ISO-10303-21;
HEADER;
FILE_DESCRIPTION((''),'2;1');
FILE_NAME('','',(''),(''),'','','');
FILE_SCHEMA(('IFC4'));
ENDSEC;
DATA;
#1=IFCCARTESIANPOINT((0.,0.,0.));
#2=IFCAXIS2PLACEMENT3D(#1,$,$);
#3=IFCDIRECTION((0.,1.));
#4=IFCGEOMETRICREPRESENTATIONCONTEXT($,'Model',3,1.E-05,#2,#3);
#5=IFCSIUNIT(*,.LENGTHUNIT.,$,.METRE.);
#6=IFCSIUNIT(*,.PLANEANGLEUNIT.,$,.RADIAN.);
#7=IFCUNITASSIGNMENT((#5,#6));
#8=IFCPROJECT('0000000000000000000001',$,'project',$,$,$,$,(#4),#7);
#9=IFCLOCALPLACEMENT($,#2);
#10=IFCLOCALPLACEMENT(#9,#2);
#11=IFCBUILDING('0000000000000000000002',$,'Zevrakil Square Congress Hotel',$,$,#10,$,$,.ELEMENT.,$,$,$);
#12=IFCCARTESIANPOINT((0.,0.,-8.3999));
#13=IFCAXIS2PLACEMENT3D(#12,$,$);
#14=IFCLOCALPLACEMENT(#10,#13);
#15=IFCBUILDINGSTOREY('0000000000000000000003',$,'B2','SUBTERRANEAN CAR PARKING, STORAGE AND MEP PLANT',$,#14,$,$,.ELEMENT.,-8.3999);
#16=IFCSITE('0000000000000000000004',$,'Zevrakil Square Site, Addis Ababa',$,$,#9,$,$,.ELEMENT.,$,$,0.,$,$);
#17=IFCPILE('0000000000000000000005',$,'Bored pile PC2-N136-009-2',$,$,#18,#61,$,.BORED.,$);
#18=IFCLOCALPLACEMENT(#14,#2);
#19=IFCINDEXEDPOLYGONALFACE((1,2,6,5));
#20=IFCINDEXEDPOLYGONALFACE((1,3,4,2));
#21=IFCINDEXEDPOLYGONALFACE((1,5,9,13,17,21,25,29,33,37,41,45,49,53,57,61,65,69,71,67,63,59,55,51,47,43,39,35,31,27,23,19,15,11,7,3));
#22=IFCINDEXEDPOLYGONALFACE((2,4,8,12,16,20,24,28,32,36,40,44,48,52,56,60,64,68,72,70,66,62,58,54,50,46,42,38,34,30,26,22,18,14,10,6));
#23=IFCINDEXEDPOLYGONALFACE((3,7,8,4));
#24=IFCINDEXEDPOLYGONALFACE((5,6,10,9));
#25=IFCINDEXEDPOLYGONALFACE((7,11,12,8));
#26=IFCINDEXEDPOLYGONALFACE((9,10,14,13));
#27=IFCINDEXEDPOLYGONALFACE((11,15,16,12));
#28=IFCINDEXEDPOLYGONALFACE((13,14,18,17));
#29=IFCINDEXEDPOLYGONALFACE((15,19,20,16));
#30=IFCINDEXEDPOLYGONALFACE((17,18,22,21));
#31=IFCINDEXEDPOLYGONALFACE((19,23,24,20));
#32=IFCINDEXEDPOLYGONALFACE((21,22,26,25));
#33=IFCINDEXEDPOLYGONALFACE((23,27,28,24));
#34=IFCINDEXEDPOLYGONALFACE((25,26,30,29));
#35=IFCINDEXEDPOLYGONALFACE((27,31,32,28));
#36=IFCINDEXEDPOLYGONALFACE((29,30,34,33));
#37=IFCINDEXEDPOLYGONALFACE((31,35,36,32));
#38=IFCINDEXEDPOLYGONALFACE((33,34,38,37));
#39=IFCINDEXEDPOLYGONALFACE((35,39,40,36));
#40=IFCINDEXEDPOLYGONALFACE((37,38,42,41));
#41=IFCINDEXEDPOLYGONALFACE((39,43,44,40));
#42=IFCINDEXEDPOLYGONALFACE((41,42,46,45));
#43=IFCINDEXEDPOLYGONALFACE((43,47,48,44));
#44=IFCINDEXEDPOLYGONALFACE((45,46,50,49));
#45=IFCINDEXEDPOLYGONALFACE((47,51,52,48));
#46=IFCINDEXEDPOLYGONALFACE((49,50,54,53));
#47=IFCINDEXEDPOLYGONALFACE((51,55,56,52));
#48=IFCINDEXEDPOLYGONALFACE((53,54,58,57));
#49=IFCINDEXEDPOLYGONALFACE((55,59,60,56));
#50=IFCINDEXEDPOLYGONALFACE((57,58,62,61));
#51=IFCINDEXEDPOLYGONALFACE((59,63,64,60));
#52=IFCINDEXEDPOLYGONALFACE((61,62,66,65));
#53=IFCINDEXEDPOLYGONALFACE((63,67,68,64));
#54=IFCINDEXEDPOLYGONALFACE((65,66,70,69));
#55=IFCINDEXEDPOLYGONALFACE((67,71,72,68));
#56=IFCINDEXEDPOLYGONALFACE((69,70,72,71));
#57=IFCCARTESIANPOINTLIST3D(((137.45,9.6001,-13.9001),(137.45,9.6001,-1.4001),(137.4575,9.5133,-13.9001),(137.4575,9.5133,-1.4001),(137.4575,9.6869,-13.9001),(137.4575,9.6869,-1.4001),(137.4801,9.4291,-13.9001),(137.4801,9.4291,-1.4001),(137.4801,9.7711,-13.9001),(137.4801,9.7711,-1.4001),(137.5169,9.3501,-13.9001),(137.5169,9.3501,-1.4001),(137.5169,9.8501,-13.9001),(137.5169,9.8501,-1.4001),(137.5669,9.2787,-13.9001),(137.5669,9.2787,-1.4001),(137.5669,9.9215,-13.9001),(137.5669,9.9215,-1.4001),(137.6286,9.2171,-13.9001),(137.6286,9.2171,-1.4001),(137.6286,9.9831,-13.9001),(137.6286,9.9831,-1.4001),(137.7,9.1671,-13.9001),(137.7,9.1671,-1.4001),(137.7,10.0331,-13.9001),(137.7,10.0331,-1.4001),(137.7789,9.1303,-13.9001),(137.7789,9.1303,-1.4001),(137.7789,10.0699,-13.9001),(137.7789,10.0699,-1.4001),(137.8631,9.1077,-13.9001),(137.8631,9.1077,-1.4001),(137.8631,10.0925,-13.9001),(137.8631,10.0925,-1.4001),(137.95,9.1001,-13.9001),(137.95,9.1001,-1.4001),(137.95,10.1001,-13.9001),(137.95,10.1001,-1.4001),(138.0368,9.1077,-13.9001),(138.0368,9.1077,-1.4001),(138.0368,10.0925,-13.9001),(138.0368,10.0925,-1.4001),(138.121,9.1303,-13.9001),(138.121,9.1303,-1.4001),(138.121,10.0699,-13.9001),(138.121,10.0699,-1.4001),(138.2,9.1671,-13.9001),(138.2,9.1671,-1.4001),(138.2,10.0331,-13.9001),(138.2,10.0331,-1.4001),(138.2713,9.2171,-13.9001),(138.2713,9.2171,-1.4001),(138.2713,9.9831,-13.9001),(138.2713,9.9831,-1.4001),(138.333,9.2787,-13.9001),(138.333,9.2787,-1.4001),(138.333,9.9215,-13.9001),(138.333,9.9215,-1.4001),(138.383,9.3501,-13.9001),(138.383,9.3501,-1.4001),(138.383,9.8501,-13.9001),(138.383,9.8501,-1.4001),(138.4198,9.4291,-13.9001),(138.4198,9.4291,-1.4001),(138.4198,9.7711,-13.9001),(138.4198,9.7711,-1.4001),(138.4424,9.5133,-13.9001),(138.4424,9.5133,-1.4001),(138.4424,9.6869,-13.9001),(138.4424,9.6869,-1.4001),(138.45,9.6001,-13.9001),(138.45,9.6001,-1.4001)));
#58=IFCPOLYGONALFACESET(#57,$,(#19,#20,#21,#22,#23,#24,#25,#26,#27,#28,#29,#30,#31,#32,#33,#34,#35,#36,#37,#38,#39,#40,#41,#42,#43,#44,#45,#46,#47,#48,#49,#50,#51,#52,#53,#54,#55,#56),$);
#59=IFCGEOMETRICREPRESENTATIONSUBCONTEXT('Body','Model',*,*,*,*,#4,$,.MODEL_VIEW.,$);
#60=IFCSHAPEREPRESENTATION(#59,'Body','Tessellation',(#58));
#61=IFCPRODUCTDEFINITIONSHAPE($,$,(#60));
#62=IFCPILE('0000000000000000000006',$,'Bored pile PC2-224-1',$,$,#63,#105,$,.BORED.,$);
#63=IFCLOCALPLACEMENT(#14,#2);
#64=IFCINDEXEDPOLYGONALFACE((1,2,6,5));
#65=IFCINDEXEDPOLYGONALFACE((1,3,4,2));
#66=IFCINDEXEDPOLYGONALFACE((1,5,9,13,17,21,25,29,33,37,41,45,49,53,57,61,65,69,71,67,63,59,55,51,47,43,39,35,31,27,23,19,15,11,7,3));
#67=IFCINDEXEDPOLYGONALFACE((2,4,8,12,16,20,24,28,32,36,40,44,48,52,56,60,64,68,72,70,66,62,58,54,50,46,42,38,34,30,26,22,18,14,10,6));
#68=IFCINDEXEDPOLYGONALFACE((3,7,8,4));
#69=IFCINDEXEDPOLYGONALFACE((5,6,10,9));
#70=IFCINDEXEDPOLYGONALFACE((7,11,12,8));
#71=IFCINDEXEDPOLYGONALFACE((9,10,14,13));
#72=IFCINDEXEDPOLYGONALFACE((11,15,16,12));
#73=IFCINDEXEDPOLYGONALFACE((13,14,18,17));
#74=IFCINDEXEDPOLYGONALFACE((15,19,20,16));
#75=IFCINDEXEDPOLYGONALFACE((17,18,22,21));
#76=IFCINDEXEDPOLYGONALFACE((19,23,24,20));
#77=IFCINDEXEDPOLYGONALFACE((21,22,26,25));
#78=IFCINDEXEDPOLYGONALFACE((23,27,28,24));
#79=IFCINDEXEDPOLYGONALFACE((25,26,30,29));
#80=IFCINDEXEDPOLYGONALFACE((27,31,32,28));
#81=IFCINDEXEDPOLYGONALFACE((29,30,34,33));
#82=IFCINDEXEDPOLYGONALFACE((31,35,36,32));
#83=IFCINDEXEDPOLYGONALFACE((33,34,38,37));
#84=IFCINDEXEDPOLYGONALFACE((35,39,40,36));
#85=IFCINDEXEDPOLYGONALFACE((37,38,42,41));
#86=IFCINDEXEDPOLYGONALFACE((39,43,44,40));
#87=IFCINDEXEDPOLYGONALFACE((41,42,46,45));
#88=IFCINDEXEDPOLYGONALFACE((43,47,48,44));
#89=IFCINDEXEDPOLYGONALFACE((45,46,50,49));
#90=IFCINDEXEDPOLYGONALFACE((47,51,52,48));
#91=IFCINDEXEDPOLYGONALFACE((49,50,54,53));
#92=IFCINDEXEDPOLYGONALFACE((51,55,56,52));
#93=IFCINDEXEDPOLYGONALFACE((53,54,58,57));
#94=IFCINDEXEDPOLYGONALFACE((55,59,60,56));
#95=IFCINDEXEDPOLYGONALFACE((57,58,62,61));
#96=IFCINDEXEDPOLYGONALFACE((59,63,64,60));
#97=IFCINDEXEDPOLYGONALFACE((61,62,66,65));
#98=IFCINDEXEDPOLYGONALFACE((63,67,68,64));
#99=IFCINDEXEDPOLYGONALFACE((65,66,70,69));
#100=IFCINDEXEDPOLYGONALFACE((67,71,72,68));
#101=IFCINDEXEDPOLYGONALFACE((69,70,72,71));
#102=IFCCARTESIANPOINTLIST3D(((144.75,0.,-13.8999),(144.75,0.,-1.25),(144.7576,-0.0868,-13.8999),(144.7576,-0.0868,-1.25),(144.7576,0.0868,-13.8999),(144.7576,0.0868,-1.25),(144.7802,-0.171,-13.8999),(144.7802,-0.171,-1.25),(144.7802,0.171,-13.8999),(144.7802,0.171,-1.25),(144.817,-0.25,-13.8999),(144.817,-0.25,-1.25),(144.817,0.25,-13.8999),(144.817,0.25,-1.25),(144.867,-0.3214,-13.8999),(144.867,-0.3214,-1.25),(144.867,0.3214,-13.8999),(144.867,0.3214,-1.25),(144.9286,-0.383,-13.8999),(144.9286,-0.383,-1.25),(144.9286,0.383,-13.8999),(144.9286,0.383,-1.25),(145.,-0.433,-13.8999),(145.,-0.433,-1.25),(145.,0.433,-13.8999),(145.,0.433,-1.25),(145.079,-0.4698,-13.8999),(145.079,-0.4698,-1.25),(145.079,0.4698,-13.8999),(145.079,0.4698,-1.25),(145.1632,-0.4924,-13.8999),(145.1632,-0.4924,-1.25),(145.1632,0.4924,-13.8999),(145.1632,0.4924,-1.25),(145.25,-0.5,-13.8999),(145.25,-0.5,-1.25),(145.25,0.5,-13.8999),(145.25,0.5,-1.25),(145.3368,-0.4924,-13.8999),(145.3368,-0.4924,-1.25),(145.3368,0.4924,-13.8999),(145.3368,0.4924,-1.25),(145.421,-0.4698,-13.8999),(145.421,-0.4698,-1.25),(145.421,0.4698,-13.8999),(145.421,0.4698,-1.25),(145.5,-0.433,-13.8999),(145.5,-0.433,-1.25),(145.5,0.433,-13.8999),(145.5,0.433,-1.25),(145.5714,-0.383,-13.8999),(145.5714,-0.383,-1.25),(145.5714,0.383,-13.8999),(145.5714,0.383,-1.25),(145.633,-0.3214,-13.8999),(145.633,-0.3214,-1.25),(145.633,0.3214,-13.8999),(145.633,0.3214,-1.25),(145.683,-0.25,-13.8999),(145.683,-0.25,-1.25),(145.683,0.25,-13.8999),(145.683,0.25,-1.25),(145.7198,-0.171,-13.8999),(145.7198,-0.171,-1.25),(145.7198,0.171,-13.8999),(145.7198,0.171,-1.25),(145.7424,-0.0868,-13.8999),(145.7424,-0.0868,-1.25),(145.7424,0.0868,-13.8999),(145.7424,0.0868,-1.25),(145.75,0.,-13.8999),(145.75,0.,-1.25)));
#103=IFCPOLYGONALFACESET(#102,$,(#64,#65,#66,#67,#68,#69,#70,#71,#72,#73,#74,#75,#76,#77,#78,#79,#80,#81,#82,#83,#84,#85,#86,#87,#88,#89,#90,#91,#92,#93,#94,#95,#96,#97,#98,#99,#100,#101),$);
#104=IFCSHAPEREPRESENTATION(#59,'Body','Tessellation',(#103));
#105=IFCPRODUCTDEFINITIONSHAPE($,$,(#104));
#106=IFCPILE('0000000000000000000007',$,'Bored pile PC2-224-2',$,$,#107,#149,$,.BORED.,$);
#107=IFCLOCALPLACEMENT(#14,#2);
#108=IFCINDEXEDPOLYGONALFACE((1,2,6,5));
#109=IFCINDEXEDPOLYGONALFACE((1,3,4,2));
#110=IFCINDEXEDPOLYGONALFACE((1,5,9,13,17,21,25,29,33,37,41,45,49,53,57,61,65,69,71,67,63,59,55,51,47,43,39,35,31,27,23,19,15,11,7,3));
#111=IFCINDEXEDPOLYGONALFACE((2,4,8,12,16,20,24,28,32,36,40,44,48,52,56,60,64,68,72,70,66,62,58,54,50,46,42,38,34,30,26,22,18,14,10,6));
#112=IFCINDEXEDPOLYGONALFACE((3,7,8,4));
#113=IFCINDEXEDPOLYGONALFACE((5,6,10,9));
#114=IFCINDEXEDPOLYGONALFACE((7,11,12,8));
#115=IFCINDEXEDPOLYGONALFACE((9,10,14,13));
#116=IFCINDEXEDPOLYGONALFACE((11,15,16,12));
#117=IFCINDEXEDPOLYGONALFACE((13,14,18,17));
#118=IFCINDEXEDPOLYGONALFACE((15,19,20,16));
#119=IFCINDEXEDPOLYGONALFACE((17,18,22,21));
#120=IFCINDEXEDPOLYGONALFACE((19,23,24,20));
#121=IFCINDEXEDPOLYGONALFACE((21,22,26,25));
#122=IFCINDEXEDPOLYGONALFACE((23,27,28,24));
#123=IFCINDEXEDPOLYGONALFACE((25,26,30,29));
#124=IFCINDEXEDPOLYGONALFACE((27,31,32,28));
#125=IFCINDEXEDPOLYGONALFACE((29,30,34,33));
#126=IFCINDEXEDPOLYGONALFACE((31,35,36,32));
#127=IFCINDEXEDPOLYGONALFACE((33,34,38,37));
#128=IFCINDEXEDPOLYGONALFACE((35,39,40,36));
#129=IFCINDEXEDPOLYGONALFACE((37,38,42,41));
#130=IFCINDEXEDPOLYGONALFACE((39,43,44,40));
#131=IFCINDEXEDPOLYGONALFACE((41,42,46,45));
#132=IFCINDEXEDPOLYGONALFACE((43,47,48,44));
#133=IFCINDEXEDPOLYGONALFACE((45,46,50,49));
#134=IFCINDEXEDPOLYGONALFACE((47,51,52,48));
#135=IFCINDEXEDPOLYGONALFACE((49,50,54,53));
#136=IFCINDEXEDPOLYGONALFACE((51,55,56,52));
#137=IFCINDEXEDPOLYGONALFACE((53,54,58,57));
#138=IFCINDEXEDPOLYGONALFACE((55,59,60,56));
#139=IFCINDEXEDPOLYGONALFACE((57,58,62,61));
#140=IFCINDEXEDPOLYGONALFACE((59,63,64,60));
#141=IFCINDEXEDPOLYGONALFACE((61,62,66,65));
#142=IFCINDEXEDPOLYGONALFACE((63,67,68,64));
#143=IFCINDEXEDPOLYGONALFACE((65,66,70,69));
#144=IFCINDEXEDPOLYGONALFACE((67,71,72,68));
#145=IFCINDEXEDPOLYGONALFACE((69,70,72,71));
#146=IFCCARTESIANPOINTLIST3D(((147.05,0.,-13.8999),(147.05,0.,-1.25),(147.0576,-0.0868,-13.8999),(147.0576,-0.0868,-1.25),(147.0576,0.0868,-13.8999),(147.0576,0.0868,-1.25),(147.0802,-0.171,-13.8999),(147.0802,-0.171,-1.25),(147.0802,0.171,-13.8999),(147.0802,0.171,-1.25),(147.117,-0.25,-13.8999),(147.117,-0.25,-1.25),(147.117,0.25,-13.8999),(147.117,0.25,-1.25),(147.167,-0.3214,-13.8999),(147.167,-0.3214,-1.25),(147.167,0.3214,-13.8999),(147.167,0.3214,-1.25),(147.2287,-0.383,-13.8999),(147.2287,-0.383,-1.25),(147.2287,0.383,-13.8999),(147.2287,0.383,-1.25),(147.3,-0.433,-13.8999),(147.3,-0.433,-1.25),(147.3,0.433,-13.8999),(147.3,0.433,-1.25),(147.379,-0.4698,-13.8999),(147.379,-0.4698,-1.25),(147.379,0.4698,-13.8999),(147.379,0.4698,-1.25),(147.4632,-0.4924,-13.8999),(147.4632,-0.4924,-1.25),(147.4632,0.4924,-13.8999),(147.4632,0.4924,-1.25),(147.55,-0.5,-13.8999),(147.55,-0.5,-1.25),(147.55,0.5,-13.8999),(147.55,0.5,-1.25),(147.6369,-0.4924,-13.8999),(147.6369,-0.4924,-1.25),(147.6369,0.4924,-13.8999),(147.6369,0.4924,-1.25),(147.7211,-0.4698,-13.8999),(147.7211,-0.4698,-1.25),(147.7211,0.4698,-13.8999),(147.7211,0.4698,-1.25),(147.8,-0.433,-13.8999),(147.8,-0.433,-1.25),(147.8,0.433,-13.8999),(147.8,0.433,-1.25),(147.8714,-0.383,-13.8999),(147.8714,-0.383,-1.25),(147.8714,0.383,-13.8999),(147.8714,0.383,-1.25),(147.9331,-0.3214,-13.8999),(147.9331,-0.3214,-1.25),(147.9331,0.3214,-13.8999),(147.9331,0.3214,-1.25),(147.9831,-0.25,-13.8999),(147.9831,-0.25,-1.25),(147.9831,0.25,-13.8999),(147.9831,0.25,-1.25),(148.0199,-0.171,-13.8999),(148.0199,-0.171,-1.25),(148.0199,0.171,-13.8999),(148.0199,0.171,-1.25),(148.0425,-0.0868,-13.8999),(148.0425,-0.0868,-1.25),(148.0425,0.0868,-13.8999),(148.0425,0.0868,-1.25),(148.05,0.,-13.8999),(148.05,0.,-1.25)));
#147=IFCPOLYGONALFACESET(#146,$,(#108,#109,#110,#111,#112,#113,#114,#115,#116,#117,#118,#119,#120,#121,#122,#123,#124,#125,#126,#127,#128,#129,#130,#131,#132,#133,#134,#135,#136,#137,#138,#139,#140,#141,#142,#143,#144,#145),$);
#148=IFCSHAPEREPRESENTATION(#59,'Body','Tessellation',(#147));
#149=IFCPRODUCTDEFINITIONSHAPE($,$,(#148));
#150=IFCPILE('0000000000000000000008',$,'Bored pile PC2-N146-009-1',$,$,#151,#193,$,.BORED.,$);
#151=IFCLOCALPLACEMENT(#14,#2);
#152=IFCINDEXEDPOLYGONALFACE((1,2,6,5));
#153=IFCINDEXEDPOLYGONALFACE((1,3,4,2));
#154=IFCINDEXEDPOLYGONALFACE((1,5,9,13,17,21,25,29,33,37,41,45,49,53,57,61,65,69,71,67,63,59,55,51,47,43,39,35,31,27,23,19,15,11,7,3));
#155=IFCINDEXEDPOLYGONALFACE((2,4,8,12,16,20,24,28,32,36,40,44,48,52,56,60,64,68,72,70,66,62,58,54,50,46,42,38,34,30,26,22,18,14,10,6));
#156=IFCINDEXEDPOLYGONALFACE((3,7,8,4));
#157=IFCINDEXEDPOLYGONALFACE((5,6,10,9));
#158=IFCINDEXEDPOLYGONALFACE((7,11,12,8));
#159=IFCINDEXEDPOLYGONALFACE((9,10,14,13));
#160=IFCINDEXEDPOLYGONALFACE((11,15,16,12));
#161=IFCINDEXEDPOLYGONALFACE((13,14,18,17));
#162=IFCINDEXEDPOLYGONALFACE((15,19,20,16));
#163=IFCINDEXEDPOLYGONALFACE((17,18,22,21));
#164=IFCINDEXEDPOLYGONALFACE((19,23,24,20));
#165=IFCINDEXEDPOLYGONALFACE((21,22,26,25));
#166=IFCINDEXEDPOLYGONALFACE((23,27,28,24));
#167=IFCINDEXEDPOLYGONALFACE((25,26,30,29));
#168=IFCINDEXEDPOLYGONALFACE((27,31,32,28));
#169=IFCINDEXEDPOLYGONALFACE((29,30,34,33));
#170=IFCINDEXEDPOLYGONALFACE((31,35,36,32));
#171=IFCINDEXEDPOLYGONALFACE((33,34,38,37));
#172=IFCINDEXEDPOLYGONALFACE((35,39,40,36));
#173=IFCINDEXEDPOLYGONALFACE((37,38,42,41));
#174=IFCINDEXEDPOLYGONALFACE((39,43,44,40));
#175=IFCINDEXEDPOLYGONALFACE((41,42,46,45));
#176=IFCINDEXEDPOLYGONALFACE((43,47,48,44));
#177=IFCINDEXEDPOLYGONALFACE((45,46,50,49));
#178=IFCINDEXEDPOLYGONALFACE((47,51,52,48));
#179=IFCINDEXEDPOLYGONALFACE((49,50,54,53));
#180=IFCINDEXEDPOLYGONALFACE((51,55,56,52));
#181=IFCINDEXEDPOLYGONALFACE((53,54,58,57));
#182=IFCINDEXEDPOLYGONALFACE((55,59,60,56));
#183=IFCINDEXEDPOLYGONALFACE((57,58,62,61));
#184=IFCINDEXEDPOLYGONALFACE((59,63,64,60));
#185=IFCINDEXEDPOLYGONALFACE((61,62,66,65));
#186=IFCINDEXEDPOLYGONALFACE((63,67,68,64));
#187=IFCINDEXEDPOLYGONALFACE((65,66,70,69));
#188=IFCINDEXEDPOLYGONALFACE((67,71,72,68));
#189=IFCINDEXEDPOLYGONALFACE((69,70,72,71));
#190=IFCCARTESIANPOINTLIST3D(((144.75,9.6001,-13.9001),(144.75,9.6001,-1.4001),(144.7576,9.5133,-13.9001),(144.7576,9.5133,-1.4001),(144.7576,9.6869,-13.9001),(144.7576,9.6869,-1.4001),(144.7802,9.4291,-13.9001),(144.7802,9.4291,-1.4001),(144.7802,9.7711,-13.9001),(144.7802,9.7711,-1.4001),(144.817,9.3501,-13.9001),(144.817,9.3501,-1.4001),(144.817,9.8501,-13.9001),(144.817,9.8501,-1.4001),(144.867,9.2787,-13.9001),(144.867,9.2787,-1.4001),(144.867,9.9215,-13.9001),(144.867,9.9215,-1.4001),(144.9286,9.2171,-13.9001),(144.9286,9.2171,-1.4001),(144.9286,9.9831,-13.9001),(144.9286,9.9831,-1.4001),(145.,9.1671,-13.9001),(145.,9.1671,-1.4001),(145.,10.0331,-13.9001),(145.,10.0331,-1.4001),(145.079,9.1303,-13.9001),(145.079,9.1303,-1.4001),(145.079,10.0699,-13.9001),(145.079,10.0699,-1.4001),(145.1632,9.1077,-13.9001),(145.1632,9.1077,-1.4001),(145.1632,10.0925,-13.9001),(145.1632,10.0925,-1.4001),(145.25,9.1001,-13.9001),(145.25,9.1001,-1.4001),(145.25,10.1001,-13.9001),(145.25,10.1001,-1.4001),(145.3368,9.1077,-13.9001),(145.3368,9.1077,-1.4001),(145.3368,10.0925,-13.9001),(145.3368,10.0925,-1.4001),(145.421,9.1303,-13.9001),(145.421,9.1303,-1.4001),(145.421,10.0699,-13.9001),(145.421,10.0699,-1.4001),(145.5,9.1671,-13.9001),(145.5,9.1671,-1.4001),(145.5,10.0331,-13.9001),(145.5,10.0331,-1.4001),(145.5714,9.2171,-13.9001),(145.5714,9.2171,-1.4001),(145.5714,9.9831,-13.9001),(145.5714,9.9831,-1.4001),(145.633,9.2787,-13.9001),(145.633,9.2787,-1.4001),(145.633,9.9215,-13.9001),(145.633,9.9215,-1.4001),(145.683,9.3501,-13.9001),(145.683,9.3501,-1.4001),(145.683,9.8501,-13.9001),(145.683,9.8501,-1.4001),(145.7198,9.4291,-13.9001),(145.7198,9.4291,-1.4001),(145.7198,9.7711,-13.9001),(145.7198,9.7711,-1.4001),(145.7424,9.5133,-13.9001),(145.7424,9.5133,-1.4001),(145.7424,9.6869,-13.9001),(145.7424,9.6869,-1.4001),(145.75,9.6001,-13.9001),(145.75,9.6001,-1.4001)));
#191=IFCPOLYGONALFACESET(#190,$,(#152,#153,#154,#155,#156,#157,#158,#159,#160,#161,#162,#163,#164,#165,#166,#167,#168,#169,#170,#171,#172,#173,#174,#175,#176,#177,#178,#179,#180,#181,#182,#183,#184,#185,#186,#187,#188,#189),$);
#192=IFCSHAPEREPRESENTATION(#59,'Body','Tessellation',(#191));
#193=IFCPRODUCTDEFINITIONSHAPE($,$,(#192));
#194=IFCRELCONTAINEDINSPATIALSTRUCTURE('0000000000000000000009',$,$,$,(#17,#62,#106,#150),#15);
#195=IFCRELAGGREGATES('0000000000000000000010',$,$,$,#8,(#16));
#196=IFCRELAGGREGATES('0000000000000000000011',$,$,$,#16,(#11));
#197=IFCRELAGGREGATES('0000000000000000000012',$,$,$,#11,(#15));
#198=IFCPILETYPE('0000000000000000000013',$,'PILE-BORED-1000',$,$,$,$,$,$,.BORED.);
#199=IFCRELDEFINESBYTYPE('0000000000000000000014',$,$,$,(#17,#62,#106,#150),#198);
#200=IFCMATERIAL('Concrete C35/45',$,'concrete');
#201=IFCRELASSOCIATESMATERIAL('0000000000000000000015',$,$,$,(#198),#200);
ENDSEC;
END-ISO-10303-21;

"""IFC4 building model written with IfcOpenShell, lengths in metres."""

from ifc_helpers import new_model, si_unit, direction, frame, origin, origin_2d, place, context, subcontext, project, spatial, circle, extrude, material, material_profile, profile_set, type_object, element, save


model = new_model("IFC4")

# Units and contexts
model_context = context("Model", 3, precision=1e-05, world=origin(), true_north=direction((0.0, 1.0)))
body_context = subcontext(model_context, "Body", "Model", "MODEL_VIEW")
ifc_project = project(units=[si_unit("LENGTHUNIT", "METRE"), si_unit("PLANEANGLEUNIT", "RADIAN")], contexts=[model_context])

# Site, building, storey
site_placement = place(None, origin())
site = spatial("IfcSite", under=ifc_project, at=site_placement, Name="Zevrakil Square Site, Addis Ababa", CompositionType="ELEMENT", RefElevation=0.0)
building_placement = place(site_placement, origin())
building = spatial("IfcBuilding", under=site, at=building_placement, Name="Zevrakil Square Congress Hotel", CompositionType="ELEMENT")
storey_placement = place(building_placement, frame((0.0, 0.0, -8.3999)))
storey = spatial("IfcBuildingStorey", under=building, at=storey_placement, Name="B2", Description="SUBTERRANEAN CAR PARKING, STORAGE AND MEP PLANT", CompositionType="ELEMENT", Elevation=-8.3999)

# Piles
ifc_material_1 = material(Name="Concrete C35/45", Category="concrete")
ifc_material_profile_1 = material_profile(ifc_material_1, circle(Radius=0.5, at=origin_2d()), Name="PILE D1000")
ifc_profile_set_1 = profile_set([ifc_material_profile_1], Name="Concrete C35/45")
pile_type_1 = type_object("IfcPileType", Name="PILE-BORED-1000", PredefinedType="BORED", material=ifc_profile_set_1)
pile_1_placement = place(storey_placement, frame((137.95, 9.6001, -1.4001), z_axis=(0.0, 0.0, -1.0), x_axis=(1.0, 0.0, 0.0)))
element("IfcPile", 1, at=pile_1_placement, inside=storey, type_object=pile_type_1, Name="Bored pile PC2-N136-009-2", PredefinedType="BORED", context=body_context, shape_type="SweptSolid", body=[
    extrude(circle(Radius=0.5, at=origin_2d()), origin(), (0.0, 0.0, 1.0), 12.5),
])
for number, where, z_axis, x_axis, name in (
    (2, (145.25, 0.0, -1.25), (0.0, 0.0, -1.0), (1.0, 0.0, 0.0), "Bored pile PC2-224-1"),
    (3, (147.55, 0.0, -1.25), (0.0, 0.0, -1.0), (1.0, 0.0, 0.0), "Bored pile PC2-224-2"),
):
    element("IfcPile", number, at=place(storey_placement, frame(where, z_axis=z_axis, x_axis=x_axis)), inside=storey, type_object=pile_type_1, Name=name, PredefinedType="BORED", context=body_context, shape_type="SweptSolid", body=[
        extrude(circle(Radius=0.5, at=origin_2d()), origin(), (0.0, 0.0, 1.0), 12.6499),
    ])
for number, where, z_axis, x_axis, name in (
    (4, (145.25, 9.6001, -1.4001), (0.0, 0.0, -1.0), (1.0, 0.0, 0.0), "Bored pile PC2-N146-009-1"),
):
    element("IfcPile", number, at=place(storey_placement, frame(where, z_axis=z_axis, x_axis=x_axis)), inside=storey, type_object=pile_type_1, Name=name, PredefinedType="BORED", context=body_context, shape_type="SweptSolid", body=[
        extrude(circle(Radius=0.5, at=origin_2d()), origin(), (0.0, 0.0, 1.0), 12.5),
    ])

save(model, "model.ifc")
